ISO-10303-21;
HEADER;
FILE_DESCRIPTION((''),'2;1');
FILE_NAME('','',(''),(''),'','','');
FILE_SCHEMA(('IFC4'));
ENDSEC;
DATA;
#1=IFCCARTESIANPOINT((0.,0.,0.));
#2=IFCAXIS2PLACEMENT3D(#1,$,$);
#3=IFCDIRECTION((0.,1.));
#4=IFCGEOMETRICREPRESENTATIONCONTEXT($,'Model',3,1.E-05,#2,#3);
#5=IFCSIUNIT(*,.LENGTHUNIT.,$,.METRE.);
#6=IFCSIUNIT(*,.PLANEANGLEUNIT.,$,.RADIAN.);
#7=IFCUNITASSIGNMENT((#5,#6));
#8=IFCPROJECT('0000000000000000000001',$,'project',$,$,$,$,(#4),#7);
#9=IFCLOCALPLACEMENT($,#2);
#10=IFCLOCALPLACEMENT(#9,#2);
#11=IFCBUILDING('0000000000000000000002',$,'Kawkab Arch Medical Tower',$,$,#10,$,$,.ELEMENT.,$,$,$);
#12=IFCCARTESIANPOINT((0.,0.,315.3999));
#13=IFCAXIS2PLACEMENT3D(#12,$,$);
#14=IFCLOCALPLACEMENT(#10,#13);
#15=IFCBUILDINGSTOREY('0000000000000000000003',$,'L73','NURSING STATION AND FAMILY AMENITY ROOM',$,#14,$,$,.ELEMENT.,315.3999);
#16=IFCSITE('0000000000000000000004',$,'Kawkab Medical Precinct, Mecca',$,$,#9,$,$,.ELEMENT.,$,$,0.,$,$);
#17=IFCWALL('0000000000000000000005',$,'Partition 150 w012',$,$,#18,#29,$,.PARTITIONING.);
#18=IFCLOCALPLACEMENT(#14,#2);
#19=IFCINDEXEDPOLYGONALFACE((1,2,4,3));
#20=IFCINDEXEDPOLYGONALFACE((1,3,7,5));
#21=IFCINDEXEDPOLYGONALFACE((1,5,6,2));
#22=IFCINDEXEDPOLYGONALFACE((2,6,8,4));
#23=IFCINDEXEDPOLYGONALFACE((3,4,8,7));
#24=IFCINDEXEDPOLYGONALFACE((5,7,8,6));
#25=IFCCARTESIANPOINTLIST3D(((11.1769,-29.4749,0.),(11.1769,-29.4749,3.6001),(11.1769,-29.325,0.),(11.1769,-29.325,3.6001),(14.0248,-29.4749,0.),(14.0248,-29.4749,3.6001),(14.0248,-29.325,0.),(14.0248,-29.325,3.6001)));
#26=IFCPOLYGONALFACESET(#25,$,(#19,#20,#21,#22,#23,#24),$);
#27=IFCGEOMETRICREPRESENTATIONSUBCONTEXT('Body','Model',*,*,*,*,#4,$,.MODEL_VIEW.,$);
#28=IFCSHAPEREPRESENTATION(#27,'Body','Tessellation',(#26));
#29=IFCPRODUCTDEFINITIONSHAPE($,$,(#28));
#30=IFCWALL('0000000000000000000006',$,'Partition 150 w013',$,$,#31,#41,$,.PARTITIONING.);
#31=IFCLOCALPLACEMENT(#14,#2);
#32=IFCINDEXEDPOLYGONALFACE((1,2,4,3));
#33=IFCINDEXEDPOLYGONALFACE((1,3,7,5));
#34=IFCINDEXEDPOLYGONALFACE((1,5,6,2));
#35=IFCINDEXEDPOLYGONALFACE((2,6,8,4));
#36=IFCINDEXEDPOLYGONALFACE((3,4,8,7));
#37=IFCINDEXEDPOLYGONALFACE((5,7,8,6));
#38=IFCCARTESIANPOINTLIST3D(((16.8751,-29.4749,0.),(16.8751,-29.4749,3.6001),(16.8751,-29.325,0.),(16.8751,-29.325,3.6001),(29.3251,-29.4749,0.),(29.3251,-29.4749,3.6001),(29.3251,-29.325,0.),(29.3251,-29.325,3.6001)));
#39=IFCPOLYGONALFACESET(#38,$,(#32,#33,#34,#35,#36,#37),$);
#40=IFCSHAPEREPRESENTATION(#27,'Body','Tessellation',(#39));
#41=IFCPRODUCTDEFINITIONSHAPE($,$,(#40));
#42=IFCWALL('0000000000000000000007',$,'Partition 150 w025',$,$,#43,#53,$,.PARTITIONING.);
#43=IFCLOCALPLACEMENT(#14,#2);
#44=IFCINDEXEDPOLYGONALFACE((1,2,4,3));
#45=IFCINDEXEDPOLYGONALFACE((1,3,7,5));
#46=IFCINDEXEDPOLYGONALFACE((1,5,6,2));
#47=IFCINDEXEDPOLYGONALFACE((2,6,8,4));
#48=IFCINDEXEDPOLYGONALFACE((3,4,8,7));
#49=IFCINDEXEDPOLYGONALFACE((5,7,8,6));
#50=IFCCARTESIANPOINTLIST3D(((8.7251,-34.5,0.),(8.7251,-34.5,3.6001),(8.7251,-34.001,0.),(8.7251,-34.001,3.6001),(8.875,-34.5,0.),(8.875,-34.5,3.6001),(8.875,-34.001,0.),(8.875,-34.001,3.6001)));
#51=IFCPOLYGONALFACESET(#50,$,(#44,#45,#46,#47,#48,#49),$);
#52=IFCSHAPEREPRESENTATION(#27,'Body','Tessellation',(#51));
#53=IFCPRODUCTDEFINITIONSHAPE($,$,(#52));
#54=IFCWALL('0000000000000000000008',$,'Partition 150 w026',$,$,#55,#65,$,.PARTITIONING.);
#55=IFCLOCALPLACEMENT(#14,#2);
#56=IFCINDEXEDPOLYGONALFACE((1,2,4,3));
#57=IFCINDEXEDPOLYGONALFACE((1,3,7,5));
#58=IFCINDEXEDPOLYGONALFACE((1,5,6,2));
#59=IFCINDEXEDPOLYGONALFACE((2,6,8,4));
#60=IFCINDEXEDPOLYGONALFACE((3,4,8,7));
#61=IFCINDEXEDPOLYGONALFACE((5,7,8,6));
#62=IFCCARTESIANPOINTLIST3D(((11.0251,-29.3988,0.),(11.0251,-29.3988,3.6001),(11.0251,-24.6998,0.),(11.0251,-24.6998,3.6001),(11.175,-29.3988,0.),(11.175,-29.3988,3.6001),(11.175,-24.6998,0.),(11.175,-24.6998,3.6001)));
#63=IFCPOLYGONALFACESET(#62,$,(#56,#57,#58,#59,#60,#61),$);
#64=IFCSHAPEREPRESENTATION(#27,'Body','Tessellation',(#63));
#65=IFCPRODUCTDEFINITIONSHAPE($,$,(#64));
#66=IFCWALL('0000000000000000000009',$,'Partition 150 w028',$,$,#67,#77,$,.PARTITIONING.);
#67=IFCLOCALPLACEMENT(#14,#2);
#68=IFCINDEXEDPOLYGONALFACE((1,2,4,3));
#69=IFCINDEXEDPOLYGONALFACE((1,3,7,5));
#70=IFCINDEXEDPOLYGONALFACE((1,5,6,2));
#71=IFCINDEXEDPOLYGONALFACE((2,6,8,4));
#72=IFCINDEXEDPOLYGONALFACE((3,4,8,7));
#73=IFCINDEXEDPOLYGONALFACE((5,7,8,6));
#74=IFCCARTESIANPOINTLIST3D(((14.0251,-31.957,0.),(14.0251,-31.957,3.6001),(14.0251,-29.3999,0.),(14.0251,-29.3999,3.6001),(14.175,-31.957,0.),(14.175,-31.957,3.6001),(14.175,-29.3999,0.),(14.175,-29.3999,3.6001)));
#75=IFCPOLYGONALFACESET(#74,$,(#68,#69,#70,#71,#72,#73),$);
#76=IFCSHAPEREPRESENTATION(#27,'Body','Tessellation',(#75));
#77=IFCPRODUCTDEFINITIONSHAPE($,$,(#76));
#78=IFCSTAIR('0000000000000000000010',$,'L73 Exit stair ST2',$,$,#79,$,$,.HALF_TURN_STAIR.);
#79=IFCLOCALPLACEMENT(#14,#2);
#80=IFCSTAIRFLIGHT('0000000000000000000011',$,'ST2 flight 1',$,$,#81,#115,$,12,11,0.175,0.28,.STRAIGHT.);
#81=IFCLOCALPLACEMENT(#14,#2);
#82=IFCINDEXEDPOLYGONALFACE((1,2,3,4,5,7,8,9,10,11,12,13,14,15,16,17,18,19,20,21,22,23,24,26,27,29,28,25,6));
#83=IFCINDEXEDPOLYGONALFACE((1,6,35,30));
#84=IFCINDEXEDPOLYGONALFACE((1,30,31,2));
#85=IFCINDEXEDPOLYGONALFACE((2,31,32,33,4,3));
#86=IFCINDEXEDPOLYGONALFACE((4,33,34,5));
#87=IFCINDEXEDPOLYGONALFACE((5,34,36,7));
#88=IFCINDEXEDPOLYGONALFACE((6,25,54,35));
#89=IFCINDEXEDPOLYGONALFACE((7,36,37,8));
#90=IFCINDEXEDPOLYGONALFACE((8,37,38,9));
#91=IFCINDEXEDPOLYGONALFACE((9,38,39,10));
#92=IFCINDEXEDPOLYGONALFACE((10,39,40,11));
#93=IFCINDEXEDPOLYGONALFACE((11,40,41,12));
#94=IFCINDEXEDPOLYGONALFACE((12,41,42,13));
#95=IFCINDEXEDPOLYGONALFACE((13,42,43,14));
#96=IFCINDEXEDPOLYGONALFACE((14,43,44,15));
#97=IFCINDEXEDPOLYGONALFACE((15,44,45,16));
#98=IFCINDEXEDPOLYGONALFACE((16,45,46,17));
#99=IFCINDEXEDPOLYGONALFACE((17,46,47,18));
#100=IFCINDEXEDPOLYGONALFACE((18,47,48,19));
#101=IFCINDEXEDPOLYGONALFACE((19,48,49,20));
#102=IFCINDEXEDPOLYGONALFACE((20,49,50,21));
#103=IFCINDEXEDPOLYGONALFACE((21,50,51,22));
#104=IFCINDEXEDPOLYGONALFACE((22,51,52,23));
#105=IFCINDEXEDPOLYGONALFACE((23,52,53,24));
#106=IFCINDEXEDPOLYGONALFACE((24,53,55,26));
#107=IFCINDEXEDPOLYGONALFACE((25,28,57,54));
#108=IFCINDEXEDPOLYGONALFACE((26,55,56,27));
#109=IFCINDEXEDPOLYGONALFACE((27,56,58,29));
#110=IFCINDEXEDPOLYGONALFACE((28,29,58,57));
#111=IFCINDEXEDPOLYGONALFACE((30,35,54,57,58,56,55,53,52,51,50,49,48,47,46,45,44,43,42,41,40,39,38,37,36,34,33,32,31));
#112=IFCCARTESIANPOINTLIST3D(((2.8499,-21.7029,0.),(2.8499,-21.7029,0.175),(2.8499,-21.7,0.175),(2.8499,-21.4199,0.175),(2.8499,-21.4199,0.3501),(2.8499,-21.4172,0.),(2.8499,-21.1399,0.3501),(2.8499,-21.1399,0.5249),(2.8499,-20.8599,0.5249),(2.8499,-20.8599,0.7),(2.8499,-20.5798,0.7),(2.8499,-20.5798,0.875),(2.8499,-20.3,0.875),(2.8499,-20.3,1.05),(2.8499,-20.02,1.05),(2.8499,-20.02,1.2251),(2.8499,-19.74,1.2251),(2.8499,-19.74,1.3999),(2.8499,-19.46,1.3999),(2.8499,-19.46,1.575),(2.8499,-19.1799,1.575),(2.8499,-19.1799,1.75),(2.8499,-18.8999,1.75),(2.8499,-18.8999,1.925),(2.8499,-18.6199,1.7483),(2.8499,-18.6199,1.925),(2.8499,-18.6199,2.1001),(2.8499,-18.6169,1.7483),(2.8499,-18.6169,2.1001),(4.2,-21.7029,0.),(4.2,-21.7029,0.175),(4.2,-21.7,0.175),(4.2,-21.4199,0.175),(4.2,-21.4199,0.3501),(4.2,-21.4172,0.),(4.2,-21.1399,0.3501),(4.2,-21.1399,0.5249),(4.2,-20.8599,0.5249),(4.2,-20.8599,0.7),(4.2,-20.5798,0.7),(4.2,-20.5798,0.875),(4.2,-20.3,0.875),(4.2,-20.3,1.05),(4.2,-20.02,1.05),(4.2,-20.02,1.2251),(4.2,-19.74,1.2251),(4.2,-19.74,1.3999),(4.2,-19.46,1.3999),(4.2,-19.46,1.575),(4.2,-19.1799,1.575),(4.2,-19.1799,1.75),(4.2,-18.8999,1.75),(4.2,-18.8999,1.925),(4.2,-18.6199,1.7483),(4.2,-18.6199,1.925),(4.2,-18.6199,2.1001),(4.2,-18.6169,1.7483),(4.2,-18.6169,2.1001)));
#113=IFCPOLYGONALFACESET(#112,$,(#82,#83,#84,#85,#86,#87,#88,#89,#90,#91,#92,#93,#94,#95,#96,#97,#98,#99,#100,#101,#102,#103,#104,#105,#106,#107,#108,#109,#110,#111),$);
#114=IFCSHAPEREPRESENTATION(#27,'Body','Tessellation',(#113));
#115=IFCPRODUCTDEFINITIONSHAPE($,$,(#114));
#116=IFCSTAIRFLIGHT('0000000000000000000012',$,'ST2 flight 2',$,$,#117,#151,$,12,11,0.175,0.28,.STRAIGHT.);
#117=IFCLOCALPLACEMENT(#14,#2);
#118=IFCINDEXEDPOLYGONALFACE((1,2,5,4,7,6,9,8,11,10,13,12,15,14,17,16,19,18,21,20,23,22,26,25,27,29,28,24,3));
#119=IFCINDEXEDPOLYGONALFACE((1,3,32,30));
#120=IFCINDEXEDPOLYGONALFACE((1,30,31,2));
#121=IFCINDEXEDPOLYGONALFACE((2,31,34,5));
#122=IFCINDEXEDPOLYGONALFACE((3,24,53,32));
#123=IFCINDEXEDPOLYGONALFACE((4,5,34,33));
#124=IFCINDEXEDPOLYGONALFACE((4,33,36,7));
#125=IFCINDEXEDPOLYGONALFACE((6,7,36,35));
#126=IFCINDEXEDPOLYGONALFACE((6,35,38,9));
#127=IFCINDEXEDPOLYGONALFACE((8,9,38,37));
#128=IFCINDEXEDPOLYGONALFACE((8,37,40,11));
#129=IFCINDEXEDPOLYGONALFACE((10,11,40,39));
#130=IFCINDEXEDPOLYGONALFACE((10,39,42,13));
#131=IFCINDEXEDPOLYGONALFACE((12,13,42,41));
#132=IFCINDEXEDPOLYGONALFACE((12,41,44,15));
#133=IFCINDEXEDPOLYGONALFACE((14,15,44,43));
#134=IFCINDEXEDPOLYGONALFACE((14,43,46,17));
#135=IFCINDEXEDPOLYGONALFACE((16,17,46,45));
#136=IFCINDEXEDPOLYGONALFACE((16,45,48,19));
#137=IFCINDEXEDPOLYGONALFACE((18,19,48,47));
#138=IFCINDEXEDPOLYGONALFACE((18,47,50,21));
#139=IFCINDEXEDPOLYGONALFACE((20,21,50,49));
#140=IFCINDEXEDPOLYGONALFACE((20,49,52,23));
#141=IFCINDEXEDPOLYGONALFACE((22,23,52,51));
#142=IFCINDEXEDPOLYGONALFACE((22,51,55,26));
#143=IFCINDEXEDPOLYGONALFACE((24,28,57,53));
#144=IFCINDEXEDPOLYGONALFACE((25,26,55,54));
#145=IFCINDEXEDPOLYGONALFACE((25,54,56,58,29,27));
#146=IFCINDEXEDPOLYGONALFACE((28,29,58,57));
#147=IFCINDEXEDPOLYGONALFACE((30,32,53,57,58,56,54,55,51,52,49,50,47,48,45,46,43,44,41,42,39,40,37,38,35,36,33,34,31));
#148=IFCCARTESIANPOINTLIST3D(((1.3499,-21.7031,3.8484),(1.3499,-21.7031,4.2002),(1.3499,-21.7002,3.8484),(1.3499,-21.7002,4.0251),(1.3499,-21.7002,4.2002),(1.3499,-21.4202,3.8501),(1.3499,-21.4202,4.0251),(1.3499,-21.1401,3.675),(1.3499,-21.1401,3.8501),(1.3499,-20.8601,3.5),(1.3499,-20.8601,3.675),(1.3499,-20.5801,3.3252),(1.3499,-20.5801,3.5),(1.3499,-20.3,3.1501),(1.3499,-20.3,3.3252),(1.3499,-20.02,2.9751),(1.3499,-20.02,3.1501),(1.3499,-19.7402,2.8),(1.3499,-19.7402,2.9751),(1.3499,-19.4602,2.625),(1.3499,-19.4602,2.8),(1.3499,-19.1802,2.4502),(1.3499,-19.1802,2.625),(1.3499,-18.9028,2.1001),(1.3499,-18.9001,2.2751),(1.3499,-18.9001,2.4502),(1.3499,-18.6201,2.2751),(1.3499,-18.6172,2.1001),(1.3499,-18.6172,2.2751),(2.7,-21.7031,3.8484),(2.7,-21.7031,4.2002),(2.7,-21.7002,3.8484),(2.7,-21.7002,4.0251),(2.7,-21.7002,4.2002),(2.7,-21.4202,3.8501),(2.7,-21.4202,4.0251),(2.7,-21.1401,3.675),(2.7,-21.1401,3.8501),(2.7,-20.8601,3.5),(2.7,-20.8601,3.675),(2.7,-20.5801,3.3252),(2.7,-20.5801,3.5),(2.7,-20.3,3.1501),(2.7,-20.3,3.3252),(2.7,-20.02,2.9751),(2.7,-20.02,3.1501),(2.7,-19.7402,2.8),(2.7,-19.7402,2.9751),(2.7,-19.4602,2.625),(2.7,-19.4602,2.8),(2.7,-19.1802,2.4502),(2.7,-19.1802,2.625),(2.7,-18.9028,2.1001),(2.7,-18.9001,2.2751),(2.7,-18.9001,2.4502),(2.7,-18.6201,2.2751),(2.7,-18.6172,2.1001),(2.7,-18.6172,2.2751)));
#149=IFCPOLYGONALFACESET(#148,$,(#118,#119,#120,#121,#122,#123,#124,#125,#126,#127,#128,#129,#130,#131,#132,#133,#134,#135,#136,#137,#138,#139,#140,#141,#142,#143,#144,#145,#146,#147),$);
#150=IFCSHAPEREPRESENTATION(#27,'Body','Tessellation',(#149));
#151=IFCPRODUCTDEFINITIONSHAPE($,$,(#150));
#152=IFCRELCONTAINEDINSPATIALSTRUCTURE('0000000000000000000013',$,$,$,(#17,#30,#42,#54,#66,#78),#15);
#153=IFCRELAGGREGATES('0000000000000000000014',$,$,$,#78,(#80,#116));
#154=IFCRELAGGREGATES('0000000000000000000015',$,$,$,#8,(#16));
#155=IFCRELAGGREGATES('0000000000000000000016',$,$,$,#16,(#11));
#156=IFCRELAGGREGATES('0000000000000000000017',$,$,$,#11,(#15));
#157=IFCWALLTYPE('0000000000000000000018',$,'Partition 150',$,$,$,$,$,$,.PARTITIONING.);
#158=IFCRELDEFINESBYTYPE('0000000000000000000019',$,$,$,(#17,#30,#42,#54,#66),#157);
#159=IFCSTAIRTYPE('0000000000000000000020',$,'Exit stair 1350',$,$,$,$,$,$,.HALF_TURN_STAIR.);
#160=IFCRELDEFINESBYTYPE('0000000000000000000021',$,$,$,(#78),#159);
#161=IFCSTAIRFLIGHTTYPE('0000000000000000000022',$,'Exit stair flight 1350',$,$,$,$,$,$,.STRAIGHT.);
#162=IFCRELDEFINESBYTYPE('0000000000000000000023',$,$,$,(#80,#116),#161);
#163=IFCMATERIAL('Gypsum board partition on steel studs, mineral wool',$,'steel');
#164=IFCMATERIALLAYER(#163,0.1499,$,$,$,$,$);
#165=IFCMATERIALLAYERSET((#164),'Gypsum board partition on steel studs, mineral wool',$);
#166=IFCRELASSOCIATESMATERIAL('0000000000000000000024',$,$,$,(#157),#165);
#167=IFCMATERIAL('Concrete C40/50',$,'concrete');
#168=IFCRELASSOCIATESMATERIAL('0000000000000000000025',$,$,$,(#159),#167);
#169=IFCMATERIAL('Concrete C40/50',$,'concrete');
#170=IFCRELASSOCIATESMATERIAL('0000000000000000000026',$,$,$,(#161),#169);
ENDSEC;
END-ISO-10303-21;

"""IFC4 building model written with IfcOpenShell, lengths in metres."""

from ifc_helpers import new_model, si_unit, direction, frame, frame_2d, origin, place, context, subcontext, project, spatial, polyline, rectangle, outline, extrude, material, layer, layer_set, type_object, element, aggregate, save


model = new_model("IFC4")

# Units and contexts
model_context = context("Model", 3, precision=1e-05, world=origin(), true_north=direction((0.0, 1.0)))
body_context = subcontext(model_context, "Body", "Model", "MODEL_VIEW")
ifc_project = project(units=[si_unit("LENGTHUNIT", "METRE"), si_unit("PLANEANGLEUNIT", "RADIAN")], contexts=[model_context])

# Site, building, storey
site_placement = place(None, origin())
site = spatial("IfcSite", under=ifc_project, at=site_placement, Name="Kawkab Medical Precinct, Mecca", CompositionType="ELEMENT", RefElevation=0.0)
building_placement = place(site_placement, origin())
building = spatial("IfcBuilding", under=site, at=building_placement, Name="Kawkab Arch Medical Tower", CompositionType="ELEMENT")
storey_placement = place(building_placement, frame((0.0, 0.0, 315.3999)))
storey = spatial("IfcBuildingStorey", under=building, at=storey_placement, Name="L73", Description="NURSING STATION AND FAMILY AMENITY ROOM", CompositionType="ELEMENT", Elevation=315.3999)

# Walls
ifc_material_1 = material(Name="Gypsum board partition on steel studs, mineral wool", Category="steel")
ifc_layer_1 = layer(ifc_material_1, 0.1499)
ifc_layer_set_1 = layer_set([ifc_layer_1], Name="Gypsum board partition on steel studs, mineral wool")
wall_type_1 = type_object("IfcWallType", Name="Partition 150", PredefinedType="PARTITIONING", material=ifc_layer_set_1)
wall_1_placement = place(storey_placement, frame((11.177, -29.3999, 0.0), z_axis=(0.0, 0.0, 1.0), x_axis=(1.0, 0.0, 0.0)))
element("IfcWall", 1, at=wall_1_placement, inside=storey, type_object=wall_type_1, Name="Partition 150 w012", PredefinedType="PARTITIONING", context=body_context, shape_type="SweptSolid", body=[
    extrude(rectangle(XDim=2.8479, YDim=0.1499, at=frame_2d((1.4238, 0.0))), origin(), (0.0, 0.0, 1.0), 3.6001),
])
wall_2_placement = place(storey_placement, frame((16.875, -29.3999, 0.0), z_axis=(0.0, 0.0, 1.0), x_axis=(1.0, 0.0, 0.0)))
element("IfcWall", 2, at=wall_2_placement, inside=storey, type_object=wall_type_1, Name="Partition 150 w013", PredefinedType="PARTITIONING", context=body_context, shape_type="SweptSolid", body=[
    extrude(rectangle(XDim=12.45, YDim=0.1499, at=frame_2d((6.2251, 0.0))), origin(), (0.0, 0.0, 1.0), 3.6001),
])
wall_3_placement = place(storey_placement, frame((8.8, -34.5, 0.0), z_axis=(0.0, 0.0, 1.0), x_axis=(0.0, 1.0, 0.0)))
element("IfcWall", 3, at=wall_3_placement, inside=storey, type_object=wall_type_1, Name="Partition 150 w025", PredefinedType="PARTITIONING", context=body_context, shape_type="SweptSolid", body=[
    extrude(rectangle(XDim=0.499, YDim=0.1499, at=frame_2d((0.2495, 0.0))), origin(), (0.0, 0.0, 1.0), 3.6001),
])
wall_4_placement = place(storey_placement, frame((11.1001, -29.3989, 0.0), z_axis=(0.0, 0.0, 1.0), x_axis=(0.0, 1.0, 0.0)))
element("IfcWall", 4, at=wall_4_placement, inside=storey, type_object=wall_type_1, Name="Partition 150 w026", PredefinedType="PARTITIONING", context=body_context, shape_type="SweptSolid", body=[
    extrude(rectangle(XDim=4.699, YDim=0.1499, at=frame_2d((2.3496, 0.0))), origin(), (0.0, 0.0, 1.0), 3.6001),
])
wall_5_placement = place(storey_placement, frame((14.1001, -31.957, 0.0), z_axis=(0.0, 0.0, 1.0), x_axis=(0.0, 1.0, 0.0)))
element("IfcWall", 5, at=wall_5_placement, inside=storey, type_object=wall_type_1, Name="Partition 150 w028", PredefinedType="PARTITIONING", context=body_context, shape_type="SweptSolid", body=[
    extrude(rectangle(XDim=2.5571, YDim=0.1499, at=frame_2d((1.2786, 0.0))), origin(), (0.0, 0.0, 1.0), 3.6001),
])

# Stair, stair flights
ifc_material_2 = material(Name="Concrete C40/50", Category="concrete")
stair_type = type_object("IfcStairType", Name="Exit stair 1350", PredefinedType="HALF_TURN_STAIR", material=ifc_material_2)
placement = place(storey_placement, origin())
stair_1 = element("IfcStair", 6, at=placement, inside=storey, type_object=stair_type, Name="L73 Exit stair ST2", PredefinedType="HALF_TURN_STAIR")
ifc_material_3 = material(Name="Concrete C40/50", Category="concrete")
stair_flight_type = type_object("IfcStairFlightType", Name="Exit stair flight 1350", PredefinedType="STRAIGHT", material=ifc_material_3)
stair_flight_1_placement = place(storey_placement, frame((3.5249, -21.7, 0.0), z_axis=(0.0, 0.0, 1.0), x_axis=(0.0, 1.0, 0.0)))
stair_flight_1 = element("IfcStairFlight", 7, at=stair_flight_1_placement, type_object=stair_flight_type, Name="ST2 flight 1", NumberOfRisers=12, NumberOfTreads=11, PredefinedType="STRAIGHT", RiserHeight=0.175, TreadLength=0.28, context=body_context, shape_type="SweptSolid", body=[
    extrude(outline(polyline([(-0.0029, 0.0), (-0.0029, 0.175), (0.0, 0.175), (0.28, 0.175), (0.28, 0.3501), (0.5601, 0.3501), (0.5601, 0.5249), (0.8401, 0.5249), (0.8401, 0.7), (1.1201, 0.7), (1.1201, 0.875), (1.3999, 0.875), (1.3999, 1.05), (1.6799, 1.05), (1.6799, 1.2251), (1.96, 1.2251), (1.96, 1.3999), (2.24, 1.3999), (2.24, 1.575), (2.52, 1.575), (2.52, 1.75), (2.8, 1.75), (2.8, 1.925), (3.0801, 1.925), (3.0801, 2.1001), (3.083, 2.1001), (3.083, 1.7483), (3.0801, 1.7483), (0.2827, 0.0), (-0.0029, 0.0)])), frame((0.0, 0.675, 0.0), z_axis=(0.0, -1.0, 0.0), x_axis=(1.0, 0.0, 0.0)), (0.0, 0.0, 1.0), 1.3501),
])
stair_flight_2_placement = place(storey_placement, frame((2.0249, -18.6201, 2.1001), z_axis=(0.0, 0.0, 1.0), x_axis=(0.0, -1.0, 0.0)))
stair_flight_2 = element("IfcStairFlight", 8, at=stair_flight_2_placement, type_object=stair_flight_type, Name="ST2 flight 2", NumberOfRisers=12, NumberOfTreads=11, PredefinedType="STRAIGHT", RiserHeight=0.175, TreadLength=0.28, context=body_context, shape_type="SweptSolid", body=[
    extrude(outline(polyline([(-0.0029, 0.0), (-0.0029, 0.175), (0.0, 0.175), (0.28, 0.175), (0.28, 0.3501), (0.5601, 0.3501), (0.5601, 0.5249), (0.8401, 0.5249), (0.8401, 0.7), (1.1201, 0.7), (1.1201, 0.875), (1.3999, 0.875), (1.3999, 1.05), (1.6799, 1.05), (1.6799, 1.2251), (1.96, 1.2251), (1.96, 1.3999), (2.24, 1.3999), (2.24, 1.575), (2.52, 1.575), (2.52, 1.75), (2.8, 1.75), (2.8, 1.925), (3.0801, 1.925), (3.0801, 2.1001), (3.083, 2.1001), (3.083, 1.7483), (3.0801, 1.7483), (0.2827, 0.0), (-0.0029, 0.0)])), frame((0.0, 0.675, 0.0), z_axis=(0.0, -1.0, 0.0), x_axis=(1.0, 0.0, 0.0)), (0.0, 0.0, 1.0), 1.3501),
])
aggregate(stair_1, [stair_flight_1, stair_flight_2])

save(model, "model.ifc")
